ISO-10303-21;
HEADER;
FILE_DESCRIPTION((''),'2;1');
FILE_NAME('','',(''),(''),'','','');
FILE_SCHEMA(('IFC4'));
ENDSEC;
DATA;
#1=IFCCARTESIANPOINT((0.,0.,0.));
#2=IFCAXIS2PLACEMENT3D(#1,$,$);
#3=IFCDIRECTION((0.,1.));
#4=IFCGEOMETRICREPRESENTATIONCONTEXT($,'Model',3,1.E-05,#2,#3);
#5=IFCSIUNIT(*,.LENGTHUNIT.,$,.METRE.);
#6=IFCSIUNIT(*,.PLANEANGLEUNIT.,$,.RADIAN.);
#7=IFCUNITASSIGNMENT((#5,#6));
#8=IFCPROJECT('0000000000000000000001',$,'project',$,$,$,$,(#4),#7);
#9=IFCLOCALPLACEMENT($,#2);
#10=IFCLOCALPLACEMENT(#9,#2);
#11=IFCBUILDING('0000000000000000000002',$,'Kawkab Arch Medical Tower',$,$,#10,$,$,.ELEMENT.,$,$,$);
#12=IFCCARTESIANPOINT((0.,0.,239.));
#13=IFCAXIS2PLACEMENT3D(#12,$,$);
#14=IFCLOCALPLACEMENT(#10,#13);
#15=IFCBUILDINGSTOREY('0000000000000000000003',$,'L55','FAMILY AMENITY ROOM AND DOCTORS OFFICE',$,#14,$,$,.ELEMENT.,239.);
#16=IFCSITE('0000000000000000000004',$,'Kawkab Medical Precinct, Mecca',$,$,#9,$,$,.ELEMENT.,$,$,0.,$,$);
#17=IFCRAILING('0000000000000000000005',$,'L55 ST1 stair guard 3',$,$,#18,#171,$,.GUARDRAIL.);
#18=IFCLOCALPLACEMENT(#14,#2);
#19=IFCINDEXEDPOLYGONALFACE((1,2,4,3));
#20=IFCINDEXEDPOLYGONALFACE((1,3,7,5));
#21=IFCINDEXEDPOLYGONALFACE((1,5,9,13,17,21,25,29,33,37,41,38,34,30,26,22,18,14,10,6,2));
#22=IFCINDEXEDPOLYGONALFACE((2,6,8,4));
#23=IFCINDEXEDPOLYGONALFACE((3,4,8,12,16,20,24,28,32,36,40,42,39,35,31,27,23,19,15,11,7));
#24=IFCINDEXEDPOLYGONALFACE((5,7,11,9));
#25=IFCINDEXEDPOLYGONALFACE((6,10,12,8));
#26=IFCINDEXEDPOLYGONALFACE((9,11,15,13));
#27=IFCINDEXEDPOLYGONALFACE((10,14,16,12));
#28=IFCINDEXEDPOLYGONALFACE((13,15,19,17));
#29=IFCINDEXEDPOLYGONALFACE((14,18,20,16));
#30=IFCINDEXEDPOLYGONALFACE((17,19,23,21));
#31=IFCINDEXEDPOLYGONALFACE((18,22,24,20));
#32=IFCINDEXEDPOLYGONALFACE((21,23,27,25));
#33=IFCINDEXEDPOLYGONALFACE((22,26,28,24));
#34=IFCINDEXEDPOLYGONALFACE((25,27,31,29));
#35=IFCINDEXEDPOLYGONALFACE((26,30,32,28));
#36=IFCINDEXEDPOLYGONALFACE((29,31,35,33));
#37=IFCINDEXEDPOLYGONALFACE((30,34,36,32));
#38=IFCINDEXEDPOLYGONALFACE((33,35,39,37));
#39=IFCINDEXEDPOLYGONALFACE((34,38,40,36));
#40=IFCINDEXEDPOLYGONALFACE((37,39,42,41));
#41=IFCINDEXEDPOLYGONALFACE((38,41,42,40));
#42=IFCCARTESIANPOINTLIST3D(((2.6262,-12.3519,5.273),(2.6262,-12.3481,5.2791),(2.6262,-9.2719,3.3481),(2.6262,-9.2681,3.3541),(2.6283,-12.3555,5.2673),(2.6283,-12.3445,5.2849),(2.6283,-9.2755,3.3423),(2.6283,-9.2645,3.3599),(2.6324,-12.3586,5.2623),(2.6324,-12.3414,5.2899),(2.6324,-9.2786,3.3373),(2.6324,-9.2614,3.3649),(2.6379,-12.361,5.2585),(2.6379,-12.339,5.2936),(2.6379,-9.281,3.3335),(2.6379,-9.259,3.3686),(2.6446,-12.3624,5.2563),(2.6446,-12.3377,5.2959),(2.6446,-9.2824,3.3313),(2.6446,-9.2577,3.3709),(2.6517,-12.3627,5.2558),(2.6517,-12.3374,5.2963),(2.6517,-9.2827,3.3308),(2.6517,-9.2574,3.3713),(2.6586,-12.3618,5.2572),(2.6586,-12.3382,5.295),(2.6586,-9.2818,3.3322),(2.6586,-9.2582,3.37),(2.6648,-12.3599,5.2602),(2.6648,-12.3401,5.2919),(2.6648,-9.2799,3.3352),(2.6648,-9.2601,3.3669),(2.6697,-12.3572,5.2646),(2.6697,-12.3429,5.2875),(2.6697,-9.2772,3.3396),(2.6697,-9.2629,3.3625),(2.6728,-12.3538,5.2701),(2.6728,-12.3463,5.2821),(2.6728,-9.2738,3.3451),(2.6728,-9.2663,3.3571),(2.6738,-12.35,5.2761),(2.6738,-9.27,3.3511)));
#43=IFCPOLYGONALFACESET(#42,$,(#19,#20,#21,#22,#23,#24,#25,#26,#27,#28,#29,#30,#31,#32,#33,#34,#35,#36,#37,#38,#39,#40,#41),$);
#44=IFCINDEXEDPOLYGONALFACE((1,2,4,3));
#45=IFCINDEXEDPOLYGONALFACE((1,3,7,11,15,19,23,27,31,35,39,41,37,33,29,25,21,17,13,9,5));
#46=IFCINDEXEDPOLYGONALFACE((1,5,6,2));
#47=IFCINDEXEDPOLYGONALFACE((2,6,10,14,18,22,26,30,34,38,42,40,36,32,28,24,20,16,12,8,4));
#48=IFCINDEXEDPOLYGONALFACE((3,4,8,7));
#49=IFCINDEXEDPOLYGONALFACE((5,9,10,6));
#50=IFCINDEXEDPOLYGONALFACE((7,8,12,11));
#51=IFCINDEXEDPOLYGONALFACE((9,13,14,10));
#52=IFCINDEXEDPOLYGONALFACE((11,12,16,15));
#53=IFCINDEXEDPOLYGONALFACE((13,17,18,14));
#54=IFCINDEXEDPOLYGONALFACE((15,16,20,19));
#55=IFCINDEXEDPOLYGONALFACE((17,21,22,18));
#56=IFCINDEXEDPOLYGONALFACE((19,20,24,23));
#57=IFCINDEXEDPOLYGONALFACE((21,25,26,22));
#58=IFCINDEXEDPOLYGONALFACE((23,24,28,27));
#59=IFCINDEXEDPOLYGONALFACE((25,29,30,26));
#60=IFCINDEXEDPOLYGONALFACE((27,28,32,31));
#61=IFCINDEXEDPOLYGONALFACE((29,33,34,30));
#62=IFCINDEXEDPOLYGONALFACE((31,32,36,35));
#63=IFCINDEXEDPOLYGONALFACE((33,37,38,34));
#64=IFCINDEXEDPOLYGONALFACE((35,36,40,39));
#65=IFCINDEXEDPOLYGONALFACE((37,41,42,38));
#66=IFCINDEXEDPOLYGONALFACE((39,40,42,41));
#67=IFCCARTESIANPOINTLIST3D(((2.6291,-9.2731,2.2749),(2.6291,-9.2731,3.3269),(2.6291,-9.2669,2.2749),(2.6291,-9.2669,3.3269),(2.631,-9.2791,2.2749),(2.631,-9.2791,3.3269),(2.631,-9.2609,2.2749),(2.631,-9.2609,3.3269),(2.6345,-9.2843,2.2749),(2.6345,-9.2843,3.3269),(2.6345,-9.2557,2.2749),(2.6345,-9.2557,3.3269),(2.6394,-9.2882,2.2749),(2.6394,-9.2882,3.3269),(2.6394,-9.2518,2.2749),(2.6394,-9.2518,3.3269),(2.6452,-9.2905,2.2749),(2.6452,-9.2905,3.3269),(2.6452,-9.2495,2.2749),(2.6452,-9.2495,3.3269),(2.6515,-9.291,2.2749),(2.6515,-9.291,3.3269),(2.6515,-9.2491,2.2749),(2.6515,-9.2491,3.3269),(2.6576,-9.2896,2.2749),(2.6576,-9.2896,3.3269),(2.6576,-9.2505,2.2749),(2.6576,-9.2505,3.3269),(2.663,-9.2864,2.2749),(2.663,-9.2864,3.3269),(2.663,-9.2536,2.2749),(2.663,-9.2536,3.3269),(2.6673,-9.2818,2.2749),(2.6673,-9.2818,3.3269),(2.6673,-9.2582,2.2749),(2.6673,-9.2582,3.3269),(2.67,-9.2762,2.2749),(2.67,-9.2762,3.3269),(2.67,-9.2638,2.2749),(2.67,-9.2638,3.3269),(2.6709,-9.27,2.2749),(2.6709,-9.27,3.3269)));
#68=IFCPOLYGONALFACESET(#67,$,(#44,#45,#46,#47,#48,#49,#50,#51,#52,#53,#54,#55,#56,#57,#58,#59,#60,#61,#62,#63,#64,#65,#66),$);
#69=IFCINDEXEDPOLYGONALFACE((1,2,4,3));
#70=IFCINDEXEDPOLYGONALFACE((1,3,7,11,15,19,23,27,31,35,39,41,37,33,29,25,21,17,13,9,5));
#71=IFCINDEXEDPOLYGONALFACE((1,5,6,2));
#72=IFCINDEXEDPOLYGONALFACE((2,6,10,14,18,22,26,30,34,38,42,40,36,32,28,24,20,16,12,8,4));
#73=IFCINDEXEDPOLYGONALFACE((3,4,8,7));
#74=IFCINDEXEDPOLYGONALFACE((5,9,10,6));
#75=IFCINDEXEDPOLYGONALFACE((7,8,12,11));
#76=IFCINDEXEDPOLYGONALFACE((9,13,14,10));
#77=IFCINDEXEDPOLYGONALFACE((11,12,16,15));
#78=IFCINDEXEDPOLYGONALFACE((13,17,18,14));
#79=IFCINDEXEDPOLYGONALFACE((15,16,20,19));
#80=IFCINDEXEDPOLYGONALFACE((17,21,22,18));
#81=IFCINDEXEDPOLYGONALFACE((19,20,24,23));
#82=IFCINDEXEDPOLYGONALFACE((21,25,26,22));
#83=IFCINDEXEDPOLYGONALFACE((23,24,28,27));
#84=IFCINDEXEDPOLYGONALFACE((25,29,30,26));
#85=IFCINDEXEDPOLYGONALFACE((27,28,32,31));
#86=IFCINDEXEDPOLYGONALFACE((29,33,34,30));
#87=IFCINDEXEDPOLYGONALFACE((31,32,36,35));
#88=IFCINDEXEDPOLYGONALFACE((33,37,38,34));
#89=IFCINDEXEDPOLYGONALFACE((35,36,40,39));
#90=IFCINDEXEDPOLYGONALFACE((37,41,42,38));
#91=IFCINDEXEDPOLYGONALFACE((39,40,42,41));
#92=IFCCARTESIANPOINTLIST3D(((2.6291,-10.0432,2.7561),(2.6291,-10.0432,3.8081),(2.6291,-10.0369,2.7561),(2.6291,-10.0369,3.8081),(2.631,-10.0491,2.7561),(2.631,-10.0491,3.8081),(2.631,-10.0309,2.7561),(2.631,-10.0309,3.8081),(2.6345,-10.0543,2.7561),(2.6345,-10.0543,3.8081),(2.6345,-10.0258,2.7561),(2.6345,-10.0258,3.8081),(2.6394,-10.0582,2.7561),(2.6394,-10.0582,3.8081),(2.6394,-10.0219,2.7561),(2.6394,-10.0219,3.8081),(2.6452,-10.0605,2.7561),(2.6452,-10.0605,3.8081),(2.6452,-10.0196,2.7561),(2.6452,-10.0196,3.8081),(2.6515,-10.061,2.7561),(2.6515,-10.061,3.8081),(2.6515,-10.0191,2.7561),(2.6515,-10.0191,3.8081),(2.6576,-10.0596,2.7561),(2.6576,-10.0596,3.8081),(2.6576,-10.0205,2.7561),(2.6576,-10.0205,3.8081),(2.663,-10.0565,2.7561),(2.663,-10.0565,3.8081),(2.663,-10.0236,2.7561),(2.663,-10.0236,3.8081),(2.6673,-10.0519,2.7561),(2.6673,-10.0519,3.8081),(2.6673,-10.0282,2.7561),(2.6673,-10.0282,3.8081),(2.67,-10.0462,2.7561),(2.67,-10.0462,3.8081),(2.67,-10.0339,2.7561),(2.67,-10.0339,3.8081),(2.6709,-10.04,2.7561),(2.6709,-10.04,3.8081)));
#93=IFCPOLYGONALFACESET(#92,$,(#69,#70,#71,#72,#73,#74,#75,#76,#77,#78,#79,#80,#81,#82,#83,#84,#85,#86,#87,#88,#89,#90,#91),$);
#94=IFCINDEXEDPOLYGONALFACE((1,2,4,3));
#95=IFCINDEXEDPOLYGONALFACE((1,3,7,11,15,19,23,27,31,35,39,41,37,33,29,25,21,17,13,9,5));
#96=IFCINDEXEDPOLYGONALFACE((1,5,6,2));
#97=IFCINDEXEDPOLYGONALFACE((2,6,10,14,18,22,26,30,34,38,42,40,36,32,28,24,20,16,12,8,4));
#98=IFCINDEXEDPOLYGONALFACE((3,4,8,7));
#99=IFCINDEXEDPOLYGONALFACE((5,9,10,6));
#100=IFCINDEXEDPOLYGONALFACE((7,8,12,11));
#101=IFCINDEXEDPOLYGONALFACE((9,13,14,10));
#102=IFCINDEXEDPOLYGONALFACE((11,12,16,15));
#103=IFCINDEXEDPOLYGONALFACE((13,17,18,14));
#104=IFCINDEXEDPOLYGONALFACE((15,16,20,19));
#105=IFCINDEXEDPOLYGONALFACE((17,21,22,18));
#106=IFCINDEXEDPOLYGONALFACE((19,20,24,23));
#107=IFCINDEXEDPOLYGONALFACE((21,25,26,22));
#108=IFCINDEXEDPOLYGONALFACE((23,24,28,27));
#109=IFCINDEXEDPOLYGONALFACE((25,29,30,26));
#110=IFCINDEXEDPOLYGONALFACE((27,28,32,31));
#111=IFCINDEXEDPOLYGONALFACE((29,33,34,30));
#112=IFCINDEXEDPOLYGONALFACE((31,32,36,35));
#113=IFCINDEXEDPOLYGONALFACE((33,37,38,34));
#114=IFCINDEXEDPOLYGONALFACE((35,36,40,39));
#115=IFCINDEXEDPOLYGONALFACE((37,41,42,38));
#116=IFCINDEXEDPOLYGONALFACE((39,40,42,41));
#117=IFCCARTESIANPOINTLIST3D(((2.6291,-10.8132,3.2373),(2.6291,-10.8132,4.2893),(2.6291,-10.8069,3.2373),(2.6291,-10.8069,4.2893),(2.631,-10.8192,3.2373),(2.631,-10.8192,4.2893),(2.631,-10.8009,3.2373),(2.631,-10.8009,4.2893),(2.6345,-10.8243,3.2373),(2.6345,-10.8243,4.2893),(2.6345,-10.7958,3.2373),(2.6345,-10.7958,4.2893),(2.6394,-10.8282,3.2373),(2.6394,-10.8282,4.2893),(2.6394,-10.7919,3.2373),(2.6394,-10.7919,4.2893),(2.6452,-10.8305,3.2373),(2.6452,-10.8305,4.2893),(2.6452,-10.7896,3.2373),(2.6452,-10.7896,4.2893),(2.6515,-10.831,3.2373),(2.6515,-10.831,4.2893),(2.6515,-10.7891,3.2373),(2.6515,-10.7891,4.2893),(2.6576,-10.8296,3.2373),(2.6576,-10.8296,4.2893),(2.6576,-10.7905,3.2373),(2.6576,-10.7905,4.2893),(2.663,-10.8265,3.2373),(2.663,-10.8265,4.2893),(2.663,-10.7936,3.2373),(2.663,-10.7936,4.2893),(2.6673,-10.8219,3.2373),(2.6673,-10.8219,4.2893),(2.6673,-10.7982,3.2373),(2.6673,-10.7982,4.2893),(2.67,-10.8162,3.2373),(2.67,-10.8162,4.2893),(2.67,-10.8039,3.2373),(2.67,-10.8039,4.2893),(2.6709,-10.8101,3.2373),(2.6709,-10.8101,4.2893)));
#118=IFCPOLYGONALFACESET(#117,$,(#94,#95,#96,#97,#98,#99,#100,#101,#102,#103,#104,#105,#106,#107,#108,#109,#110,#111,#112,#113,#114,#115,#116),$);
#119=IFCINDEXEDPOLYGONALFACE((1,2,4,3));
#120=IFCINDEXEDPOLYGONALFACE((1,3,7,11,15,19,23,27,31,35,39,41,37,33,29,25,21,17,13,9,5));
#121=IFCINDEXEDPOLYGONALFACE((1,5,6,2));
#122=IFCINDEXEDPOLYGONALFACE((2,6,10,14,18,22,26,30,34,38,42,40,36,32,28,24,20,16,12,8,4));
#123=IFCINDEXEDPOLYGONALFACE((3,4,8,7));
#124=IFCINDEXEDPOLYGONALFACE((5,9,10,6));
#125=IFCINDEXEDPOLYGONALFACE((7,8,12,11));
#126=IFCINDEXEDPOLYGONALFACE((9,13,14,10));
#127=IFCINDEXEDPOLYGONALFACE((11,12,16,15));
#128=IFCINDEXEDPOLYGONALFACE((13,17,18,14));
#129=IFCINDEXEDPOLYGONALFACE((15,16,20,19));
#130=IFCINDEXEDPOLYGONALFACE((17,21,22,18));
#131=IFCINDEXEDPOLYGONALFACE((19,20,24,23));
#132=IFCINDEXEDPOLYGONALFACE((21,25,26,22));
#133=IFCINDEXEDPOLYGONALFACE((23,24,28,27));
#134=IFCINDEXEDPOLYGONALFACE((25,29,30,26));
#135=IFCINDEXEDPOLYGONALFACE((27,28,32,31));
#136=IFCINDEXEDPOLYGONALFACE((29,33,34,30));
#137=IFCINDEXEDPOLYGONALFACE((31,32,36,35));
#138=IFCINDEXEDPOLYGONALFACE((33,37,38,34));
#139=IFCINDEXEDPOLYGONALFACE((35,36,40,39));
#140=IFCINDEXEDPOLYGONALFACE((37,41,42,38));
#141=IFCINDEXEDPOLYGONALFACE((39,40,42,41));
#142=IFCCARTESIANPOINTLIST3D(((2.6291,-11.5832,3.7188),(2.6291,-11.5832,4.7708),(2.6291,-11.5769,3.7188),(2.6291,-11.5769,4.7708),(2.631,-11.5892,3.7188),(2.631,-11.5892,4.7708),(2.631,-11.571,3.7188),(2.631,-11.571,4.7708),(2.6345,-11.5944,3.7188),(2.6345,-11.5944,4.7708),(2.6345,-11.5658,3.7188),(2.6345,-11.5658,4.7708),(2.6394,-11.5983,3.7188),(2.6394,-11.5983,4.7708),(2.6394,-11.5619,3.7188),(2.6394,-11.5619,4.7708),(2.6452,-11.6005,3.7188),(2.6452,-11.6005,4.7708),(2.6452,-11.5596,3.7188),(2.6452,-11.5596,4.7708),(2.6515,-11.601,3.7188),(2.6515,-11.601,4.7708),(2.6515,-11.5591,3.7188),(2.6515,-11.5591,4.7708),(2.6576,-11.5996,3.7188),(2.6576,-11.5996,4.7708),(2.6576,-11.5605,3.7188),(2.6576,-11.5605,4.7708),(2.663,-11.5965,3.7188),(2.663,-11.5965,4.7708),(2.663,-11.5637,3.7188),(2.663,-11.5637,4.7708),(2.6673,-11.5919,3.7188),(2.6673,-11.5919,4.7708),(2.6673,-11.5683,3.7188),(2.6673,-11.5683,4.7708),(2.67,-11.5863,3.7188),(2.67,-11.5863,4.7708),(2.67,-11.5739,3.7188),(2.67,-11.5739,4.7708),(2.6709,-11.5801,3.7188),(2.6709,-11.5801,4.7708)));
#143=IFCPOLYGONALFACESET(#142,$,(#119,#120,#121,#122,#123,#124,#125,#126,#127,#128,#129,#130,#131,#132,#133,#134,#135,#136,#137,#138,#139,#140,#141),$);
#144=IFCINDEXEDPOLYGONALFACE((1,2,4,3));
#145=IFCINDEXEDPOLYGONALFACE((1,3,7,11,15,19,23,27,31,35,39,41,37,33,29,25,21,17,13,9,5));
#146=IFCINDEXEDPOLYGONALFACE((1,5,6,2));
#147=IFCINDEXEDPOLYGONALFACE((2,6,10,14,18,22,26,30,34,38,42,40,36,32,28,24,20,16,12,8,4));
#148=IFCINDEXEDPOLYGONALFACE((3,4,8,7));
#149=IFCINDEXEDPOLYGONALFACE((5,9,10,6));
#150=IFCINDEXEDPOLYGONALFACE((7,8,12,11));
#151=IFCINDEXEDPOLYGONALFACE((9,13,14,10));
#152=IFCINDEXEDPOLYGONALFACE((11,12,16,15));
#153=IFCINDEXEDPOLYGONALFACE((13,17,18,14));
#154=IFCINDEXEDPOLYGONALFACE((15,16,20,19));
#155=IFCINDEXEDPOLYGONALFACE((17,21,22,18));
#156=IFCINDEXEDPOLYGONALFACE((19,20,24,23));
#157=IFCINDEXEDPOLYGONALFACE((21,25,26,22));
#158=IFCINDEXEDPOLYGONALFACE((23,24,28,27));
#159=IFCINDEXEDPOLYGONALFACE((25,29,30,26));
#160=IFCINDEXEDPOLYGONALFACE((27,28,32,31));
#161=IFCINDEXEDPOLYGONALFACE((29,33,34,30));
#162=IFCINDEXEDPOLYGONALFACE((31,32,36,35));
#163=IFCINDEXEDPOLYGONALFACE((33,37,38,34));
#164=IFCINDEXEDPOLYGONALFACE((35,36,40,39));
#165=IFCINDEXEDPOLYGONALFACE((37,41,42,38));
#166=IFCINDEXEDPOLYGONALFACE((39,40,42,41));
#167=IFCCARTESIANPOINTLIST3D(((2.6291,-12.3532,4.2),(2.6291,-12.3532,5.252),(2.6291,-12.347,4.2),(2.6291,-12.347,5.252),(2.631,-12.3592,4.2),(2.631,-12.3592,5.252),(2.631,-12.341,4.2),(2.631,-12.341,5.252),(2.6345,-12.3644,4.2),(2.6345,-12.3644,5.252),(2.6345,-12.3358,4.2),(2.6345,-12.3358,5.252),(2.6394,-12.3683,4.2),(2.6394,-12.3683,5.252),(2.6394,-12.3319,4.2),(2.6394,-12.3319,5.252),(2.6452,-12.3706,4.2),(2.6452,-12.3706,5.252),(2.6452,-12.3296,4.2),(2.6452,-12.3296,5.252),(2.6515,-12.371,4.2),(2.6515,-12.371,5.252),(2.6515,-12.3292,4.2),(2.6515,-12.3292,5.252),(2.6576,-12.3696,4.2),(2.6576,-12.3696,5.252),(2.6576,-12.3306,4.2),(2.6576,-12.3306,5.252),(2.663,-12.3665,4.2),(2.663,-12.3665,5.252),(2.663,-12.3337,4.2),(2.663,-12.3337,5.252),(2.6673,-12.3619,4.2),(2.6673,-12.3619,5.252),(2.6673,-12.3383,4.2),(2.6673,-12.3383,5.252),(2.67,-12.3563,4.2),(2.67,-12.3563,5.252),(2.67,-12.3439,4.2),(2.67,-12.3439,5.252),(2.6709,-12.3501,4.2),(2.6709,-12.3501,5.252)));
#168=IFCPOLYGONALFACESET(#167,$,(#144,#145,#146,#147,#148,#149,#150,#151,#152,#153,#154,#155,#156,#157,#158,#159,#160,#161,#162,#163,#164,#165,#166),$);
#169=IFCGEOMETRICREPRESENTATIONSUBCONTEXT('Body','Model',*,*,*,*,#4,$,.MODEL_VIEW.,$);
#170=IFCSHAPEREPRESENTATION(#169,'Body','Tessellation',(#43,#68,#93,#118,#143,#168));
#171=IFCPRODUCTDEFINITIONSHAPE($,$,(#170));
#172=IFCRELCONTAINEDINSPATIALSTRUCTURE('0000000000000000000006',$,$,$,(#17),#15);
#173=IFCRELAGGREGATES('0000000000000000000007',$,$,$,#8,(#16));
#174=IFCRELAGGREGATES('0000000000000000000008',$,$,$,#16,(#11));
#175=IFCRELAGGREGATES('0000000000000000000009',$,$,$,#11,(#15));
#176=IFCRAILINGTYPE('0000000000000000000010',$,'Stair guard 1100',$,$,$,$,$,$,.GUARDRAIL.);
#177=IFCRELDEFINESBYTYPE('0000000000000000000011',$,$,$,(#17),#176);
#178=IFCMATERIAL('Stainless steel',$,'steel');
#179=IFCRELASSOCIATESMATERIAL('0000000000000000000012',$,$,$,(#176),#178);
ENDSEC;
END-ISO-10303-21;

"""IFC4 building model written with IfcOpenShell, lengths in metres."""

from ifc_helpers import new_model, si_unit, direction, frame, origin, origin_2d, place, context, subcontext, project, spatial, circle, extrude, material, type_object, element, save


model = new_model("IFC4")

# Units and contexts
model_context = context("Model", 3, precision=1e-05, world=origin(), true_north=direction((0.0, 1.0)))
body_context = subcontext(model_context, "Body", "Model", "MODEL_VIEW")
ifc_project = project(units=[si_unit("LENGTHUNIT", "METRE"), si_unit("PLANEANGLEUNIT", "RADIAN")], contexts=[model_context])

# Site, building, storey
site_placement = place(None, origin())
site = spatial("IfcSite", under=ifc_project, at=site_placement, Name="Kawkab Medical Precinct, Mecca", CompositionType="ELEMENT", RefElevation=0.0)
building_placement = place(site_placement, origin())
building = spatial("IfcBuilding", under=site, at=building_placement, Name="Kawkab Arch Medical Tower", CompositionType="ELEMENT")
storey_placement = place(building_placement, frame((0.0, 0.0, 239.0)))
storey = spatial("IfcBuildingStorey", under=building, at=storey_placement, Name="L55", Description="FAMILY AMENITY ROOM AND DOCTORS OFFICE", CompositionType="ELEMENT", Elevation=239.0)

# Railing
ifc_material_1 = material(Name="Stainless steel", Category="steel")
railing_type_1 = type_object("IfcRailingType", Name="Stair guard 1100", PredefinedType="GUARDRAIL", material=ifc_material_1)
railing_1_placement = place(storey_placement, frame((2.6499, -9.27, 2.2749)))
element("IfcRailing", 1, at=railing_1_placement, inside=storey, type_object=railing_type_1, Name="L55 ST1 stair guard 3", PredefinedType="GUARDRAIL", context=body_context, shape_type="SweptSolid", body=[
    extrude(circle(Radius=0.0239, at=origin_2d()), frame((0.0, 0.0, 1.0762), z_axis=(0.0, -0.847998, 0.529999), x_axis=(1.0, 0.0, 0.0)), (0.0, 0.0, 1.0), 3.6321),
    extrude(circle(Radius=0.021, at=origin_2d()), origin(), (0.0, 0.0, 1.0), 1.052),
    extrude(circle(Radius=0.021, at=origin_2d()), frame((0.0, -0.77, 0.4812)), (0.0, 0.0, 1.0), 1.052),
    extrude(circle(Radius=0.021, at=origin_2d()), frame((0.0, -1.54, 0.9624)), (0.0, 0.0, 1.0), 1.052),
    extrude(circle(Radius=0.021, at=origin_2d()), frame((0.0, -2.3101, 1.4438)), (0.0, 0.0, 1.0), 1.052),
    extrude(circle(Radius=0.021, at=origin_2d()), frame((0.0, -3.0801, 1.925)), (0.0, 0.0, 1.0), 1.052),
])

save(model, "model.ifc")
